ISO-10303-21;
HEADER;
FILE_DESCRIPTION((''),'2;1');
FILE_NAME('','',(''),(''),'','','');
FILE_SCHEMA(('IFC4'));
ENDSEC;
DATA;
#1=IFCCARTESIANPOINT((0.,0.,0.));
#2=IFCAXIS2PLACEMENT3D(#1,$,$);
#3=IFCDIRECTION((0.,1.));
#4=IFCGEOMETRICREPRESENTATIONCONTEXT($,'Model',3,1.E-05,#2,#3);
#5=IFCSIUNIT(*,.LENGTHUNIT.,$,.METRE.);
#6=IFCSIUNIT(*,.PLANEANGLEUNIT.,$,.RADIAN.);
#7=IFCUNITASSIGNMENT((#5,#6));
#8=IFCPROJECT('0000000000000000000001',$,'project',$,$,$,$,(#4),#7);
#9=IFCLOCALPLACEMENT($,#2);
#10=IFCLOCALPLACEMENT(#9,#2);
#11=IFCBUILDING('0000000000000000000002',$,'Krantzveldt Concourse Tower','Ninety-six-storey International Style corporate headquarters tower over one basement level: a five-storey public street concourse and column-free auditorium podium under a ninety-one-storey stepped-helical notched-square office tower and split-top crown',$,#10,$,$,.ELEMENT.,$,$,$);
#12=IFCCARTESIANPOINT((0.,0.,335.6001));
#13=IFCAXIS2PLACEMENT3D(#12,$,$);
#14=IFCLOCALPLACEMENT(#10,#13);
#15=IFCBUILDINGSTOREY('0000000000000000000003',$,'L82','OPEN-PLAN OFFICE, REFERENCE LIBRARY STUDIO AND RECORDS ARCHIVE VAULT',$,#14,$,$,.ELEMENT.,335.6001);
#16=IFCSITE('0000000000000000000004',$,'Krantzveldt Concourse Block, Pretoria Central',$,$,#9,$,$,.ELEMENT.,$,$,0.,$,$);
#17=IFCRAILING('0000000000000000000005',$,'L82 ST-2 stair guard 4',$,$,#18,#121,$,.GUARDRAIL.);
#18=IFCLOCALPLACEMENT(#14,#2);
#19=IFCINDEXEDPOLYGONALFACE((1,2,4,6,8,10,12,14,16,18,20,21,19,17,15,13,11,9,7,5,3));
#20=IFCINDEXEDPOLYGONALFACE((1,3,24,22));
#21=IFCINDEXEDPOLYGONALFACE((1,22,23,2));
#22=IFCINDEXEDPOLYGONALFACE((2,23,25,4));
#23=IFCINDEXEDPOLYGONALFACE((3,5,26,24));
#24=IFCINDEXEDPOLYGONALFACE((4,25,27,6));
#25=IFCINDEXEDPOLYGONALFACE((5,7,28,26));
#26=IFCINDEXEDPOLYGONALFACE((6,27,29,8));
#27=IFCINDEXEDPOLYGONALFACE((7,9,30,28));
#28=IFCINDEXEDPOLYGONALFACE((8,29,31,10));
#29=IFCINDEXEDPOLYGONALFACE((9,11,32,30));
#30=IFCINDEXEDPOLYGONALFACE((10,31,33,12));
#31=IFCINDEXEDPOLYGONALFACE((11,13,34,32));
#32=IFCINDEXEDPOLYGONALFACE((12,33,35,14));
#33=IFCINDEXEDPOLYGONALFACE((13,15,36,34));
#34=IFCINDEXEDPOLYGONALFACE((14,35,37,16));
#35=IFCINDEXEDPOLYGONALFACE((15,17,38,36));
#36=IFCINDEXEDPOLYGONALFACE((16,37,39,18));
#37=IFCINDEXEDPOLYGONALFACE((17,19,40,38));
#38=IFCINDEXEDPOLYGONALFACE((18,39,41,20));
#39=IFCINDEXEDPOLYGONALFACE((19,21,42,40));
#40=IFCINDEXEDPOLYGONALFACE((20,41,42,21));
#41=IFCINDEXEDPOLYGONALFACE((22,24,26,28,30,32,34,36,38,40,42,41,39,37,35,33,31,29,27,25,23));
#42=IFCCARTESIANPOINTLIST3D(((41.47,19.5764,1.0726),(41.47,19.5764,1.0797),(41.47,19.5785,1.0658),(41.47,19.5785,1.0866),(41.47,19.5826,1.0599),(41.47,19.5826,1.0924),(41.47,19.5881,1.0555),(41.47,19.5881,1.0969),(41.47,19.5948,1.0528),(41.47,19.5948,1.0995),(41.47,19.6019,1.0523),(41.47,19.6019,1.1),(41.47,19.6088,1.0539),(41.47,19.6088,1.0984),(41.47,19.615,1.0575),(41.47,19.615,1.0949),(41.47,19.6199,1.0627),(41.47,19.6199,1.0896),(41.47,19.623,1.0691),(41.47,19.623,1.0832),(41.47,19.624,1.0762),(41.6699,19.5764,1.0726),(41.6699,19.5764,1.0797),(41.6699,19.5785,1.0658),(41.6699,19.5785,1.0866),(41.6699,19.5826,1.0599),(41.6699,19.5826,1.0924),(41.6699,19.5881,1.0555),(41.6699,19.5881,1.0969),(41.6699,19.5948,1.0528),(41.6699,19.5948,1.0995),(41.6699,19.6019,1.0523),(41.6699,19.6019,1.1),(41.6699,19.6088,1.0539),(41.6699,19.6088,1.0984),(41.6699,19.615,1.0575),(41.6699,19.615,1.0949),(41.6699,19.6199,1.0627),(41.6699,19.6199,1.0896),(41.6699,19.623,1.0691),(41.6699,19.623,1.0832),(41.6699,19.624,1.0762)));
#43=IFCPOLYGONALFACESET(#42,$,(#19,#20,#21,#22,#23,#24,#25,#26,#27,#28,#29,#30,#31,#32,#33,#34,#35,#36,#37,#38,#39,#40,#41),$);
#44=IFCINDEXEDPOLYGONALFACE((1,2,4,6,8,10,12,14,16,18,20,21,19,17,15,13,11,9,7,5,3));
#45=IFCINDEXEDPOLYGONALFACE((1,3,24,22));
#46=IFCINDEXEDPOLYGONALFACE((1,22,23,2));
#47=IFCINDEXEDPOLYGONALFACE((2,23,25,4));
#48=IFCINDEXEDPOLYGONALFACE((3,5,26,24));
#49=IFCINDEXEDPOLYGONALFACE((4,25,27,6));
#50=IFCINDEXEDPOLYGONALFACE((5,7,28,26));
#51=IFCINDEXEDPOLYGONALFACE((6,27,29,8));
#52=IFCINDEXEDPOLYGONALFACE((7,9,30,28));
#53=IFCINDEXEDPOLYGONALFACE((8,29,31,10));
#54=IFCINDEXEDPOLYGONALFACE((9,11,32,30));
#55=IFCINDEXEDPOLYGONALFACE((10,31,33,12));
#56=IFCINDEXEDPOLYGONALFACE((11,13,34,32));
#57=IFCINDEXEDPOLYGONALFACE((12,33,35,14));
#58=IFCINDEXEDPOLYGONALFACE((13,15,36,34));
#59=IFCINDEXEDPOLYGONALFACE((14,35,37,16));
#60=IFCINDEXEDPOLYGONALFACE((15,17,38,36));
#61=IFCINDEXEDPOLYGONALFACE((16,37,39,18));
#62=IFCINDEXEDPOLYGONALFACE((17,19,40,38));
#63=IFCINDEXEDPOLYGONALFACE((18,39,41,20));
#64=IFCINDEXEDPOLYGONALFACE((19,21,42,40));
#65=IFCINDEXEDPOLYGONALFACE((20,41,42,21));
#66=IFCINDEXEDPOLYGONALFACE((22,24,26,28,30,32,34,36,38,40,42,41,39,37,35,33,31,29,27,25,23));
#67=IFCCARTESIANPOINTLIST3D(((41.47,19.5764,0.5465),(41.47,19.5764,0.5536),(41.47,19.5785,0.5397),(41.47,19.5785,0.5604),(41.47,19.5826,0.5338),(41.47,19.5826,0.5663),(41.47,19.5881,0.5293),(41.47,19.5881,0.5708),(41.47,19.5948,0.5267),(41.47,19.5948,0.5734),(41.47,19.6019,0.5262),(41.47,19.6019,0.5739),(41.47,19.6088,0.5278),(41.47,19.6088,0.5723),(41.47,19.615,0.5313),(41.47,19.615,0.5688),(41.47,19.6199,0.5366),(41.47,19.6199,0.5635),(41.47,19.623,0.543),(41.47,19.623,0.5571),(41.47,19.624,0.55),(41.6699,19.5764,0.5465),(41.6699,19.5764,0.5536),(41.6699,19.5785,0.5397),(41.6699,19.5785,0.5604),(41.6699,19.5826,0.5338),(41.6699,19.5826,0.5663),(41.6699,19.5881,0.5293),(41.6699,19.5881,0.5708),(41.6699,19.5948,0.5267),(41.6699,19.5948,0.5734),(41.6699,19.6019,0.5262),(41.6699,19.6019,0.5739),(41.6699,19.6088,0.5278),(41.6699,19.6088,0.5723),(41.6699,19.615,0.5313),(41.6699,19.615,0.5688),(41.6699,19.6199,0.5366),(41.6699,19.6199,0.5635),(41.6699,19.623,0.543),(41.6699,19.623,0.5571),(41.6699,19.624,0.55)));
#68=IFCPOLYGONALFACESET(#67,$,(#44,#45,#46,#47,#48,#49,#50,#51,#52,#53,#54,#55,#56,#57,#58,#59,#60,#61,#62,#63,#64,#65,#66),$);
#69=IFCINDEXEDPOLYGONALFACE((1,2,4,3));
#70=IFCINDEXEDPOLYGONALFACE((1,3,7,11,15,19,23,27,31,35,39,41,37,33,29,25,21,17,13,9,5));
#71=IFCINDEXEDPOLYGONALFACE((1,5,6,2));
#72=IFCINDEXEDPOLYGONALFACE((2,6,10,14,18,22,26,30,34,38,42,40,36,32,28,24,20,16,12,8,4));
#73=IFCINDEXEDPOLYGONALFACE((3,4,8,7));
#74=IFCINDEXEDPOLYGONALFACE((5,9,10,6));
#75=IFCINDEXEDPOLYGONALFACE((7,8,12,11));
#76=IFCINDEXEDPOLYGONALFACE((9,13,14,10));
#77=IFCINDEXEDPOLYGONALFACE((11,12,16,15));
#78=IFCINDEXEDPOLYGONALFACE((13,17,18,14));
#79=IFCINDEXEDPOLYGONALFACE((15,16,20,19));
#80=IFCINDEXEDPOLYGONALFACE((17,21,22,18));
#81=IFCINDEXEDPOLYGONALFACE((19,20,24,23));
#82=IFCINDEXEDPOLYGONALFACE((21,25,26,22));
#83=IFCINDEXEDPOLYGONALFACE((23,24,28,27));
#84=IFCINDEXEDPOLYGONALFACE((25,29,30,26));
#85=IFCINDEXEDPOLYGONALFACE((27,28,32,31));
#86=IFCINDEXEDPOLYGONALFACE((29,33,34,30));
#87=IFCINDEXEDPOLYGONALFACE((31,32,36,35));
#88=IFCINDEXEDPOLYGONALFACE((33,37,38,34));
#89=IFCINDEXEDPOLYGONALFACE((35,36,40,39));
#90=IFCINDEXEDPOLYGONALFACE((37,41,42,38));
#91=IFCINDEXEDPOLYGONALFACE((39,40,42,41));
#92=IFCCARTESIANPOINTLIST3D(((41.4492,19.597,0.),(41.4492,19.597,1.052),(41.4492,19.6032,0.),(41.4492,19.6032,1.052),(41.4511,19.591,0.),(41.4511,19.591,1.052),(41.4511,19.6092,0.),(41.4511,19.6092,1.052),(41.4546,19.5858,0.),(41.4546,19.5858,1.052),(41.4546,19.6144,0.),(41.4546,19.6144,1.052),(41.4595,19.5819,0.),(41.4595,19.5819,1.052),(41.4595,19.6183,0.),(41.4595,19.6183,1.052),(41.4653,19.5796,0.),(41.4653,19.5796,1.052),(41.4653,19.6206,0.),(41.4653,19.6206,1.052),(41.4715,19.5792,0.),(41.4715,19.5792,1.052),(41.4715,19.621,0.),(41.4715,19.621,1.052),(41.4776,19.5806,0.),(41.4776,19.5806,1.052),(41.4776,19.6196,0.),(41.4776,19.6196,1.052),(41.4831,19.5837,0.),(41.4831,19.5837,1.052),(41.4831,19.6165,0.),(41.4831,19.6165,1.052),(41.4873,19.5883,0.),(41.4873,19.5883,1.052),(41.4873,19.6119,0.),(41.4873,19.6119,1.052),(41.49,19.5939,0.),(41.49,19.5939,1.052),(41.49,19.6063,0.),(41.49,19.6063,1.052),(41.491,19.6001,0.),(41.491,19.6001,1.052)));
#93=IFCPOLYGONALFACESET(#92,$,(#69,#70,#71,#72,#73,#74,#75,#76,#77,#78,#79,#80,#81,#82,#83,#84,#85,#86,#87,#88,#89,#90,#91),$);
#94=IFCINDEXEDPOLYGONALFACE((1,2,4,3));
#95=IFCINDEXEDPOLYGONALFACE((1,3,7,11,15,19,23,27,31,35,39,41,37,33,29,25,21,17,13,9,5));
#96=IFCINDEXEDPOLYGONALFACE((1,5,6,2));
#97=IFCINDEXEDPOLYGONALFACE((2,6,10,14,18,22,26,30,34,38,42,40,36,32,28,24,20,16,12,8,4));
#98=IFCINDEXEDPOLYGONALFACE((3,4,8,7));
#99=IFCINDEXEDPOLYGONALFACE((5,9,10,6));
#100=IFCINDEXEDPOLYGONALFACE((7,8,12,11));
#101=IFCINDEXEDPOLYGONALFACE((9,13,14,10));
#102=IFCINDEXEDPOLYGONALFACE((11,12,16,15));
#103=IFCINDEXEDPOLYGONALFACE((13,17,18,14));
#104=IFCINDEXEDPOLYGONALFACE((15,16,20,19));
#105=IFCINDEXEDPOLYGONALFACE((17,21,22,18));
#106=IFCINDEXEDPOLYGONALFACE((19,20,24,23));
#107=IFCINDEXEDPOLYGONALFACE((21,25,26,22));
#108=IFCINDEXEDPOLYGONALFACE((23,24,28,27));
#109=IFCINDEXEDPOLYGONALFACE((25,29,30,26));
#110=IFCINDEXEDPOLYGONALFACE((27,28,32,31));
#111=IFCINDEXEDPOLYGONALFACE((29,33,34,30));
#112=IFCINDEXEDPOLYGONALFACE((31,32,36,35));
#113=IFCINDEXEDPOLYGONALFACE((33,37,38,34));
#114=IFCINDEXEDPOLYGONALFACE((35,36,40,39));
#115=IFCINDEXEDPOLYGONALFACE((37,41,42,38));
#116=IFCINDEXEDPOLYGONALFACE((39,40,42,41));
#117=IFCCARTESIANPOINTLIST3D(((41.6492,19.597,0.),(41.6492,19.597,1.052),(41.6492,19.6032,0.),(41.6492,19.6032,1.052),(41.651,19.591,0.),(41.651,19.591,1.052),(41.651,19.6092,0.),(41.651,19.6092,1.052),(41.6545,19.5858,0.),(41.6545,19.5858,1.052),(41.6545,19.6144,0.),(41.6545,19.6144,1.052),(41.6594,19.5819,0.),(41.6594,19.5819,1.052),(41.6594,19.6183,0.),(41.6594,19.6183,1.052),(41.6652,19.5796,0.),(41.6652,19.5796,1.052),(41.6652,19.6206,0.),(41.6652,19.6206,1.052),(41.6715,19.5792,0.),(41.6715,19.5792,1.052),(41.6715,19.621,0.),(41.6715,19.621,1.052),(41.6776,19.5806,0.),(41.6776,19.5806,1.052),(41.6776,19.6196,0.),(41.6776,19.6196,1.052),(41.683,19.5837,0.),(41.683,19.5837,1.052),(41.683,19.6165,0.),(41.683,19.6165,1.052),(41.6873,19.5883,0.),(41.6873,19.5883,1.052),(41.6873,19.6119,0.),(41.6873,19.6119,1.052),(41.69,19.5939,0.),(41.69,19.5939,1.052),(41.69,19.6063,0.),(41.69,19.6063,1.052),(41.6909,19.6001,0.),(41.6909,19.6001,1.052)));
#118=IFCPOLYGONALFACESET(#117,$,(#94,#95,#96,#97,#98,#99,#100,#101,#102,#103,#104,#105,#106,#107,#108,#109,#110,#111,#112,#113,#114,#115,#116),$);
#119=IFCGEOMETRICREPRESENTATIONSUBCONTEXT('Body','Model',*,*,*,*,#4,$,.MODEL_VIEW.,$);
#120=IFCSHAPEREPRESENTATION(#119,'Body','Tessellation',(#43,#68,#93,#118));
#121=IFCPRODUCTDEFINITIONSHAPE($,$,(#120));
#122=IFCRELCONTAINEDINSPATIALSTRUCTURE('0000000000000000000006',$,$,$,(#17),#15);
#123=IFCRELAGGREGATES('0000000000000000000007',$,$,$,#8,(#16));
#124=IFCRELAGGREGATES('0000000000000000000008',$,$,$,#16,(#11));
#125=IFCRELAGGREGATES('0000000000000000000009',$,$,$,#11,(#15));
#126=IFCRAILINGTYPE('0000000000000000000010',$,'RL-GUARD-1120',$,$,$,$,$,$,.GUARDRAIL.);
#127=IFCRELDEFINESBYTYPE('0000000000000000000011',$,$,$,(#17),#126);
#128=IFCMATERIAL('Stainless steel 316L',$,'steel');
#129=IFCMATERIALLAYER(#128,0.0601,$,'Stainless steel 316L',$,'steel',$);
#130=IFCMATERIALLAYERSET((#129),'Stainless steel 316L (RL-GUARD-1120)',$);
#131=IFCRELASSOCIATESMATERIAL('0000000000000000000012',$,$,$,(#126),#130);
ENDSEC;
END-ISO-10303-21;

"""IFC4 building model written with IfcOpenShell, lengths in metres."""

from ifc_helpers import new_model, si_unit, direction, frame, origin, origin_2d, place, context, subcontext, project, spatial, circle, extrude, material, layer, layer_set, type_object, element, save


model = new_model("IFC4")

# Units and contexts
model_context = context("Model", 3, precision=1e-05, world=origin(), true_north=direction((0.0, 1.0)))
body_context = subcontext(model_context, "Body", "Model", "MODEL_VIEW")
ifc_project = project(units=[si_unit("LENGTHUNIT", "METRE"), si_unit("PLANEANGLEUNIT", "RADIAN")], contexts=[model_context])

# Site, building, storey
site_placement = place(None, origin())
site = spatial("IfcSite", under=ifc_project, at=site_placement, Name="Krantzveldt Concourse Block, Pretoria Central", CompositionType="ELEMENT", RefElevation=0.0)
building_placement = place(site_placement, origin())
building = spatial("IfcBuilding", under=site, at=building_placement, Name="Krantzveldt Concourse Tower", Description="Ninety-six-storey International Style corporate headquarters tower over one basement level: a five-storey public street concourse and column-free auditorium podium under a ninety-one-storey stepped-helical notched-square office tower and split-top crown", CompositionType="ELEMENT")
storey_placement = place(building_placement, frame((0.0, 0.0, 335.6001)))
storey = spatial("IfcBuildingStorey", under=building, at=storey_placement, Name="L82", Description="OPEN-PLAN OFFICE, REFERENCE LIBRARY STUDIO AND RECORDS ARCHIVE VAULT", CompositionType="ELEMENT", Elevation=335.6001)

# Shared definitions
ifc_material_1 = material(Name="Stainless steel 316L", Category="steel")

# Railing
ifc_layer_1 = layer(ifc_material_1, 0.0601, Name="Stainless steel 316L", Category="steel")
ifc_layer_set_1 = layer_set([ifc_layer_1], Name="Stainless steel 316L (RL-GUARD-1120)")
railing_type_1 = type_object("IfcRailingType", Name="RL-GUARD-1120", PredefinedType="GUARDRAIL", material=ifc_layer_set_1)
railing_1_placement = place(storey_placement, frame((41.47, 19.6001, 0.0)))
element("IfcRailing", 1, at=railing_1_placement, inside=storey, type_object=railing_type_1, Name="L82 ST-2 stair guard 4", PredefinedType="GUARDRAIL", context=body_context, shape_type="SweptSolid", body=[
    extrude(circle(Radius=0.0239, at=origin_2d()), frame((0.0, 0.0, 1.0762), z_axis=(1.0, 0.0, 0.0), x_axis=(0.0, 1.0, 0.0)), (0.0, 0.0, 1.0), 0.2),
    extrude(circle(Radius=0.0239, at=origin_2d()), frame((0.0, 0.0, 0.55), z_axis=(1.0, 0.0, 0.0), x_axis=(0.0, 1.0, 0.0)), (0.0, 0.0, 1.0), 0.2),
    extrude(circle(Radius=0.021, at=origin_2d()), origin(), (0.0, 0.0, 1.0), 1.052),
    extrude(circle(Radius=0.021, at=origin_2d()), frame((0.2, 0.0, 0.0)), (0.0, 0.0, 1.0), 1.052),
])

save(model, "model.ifc")
